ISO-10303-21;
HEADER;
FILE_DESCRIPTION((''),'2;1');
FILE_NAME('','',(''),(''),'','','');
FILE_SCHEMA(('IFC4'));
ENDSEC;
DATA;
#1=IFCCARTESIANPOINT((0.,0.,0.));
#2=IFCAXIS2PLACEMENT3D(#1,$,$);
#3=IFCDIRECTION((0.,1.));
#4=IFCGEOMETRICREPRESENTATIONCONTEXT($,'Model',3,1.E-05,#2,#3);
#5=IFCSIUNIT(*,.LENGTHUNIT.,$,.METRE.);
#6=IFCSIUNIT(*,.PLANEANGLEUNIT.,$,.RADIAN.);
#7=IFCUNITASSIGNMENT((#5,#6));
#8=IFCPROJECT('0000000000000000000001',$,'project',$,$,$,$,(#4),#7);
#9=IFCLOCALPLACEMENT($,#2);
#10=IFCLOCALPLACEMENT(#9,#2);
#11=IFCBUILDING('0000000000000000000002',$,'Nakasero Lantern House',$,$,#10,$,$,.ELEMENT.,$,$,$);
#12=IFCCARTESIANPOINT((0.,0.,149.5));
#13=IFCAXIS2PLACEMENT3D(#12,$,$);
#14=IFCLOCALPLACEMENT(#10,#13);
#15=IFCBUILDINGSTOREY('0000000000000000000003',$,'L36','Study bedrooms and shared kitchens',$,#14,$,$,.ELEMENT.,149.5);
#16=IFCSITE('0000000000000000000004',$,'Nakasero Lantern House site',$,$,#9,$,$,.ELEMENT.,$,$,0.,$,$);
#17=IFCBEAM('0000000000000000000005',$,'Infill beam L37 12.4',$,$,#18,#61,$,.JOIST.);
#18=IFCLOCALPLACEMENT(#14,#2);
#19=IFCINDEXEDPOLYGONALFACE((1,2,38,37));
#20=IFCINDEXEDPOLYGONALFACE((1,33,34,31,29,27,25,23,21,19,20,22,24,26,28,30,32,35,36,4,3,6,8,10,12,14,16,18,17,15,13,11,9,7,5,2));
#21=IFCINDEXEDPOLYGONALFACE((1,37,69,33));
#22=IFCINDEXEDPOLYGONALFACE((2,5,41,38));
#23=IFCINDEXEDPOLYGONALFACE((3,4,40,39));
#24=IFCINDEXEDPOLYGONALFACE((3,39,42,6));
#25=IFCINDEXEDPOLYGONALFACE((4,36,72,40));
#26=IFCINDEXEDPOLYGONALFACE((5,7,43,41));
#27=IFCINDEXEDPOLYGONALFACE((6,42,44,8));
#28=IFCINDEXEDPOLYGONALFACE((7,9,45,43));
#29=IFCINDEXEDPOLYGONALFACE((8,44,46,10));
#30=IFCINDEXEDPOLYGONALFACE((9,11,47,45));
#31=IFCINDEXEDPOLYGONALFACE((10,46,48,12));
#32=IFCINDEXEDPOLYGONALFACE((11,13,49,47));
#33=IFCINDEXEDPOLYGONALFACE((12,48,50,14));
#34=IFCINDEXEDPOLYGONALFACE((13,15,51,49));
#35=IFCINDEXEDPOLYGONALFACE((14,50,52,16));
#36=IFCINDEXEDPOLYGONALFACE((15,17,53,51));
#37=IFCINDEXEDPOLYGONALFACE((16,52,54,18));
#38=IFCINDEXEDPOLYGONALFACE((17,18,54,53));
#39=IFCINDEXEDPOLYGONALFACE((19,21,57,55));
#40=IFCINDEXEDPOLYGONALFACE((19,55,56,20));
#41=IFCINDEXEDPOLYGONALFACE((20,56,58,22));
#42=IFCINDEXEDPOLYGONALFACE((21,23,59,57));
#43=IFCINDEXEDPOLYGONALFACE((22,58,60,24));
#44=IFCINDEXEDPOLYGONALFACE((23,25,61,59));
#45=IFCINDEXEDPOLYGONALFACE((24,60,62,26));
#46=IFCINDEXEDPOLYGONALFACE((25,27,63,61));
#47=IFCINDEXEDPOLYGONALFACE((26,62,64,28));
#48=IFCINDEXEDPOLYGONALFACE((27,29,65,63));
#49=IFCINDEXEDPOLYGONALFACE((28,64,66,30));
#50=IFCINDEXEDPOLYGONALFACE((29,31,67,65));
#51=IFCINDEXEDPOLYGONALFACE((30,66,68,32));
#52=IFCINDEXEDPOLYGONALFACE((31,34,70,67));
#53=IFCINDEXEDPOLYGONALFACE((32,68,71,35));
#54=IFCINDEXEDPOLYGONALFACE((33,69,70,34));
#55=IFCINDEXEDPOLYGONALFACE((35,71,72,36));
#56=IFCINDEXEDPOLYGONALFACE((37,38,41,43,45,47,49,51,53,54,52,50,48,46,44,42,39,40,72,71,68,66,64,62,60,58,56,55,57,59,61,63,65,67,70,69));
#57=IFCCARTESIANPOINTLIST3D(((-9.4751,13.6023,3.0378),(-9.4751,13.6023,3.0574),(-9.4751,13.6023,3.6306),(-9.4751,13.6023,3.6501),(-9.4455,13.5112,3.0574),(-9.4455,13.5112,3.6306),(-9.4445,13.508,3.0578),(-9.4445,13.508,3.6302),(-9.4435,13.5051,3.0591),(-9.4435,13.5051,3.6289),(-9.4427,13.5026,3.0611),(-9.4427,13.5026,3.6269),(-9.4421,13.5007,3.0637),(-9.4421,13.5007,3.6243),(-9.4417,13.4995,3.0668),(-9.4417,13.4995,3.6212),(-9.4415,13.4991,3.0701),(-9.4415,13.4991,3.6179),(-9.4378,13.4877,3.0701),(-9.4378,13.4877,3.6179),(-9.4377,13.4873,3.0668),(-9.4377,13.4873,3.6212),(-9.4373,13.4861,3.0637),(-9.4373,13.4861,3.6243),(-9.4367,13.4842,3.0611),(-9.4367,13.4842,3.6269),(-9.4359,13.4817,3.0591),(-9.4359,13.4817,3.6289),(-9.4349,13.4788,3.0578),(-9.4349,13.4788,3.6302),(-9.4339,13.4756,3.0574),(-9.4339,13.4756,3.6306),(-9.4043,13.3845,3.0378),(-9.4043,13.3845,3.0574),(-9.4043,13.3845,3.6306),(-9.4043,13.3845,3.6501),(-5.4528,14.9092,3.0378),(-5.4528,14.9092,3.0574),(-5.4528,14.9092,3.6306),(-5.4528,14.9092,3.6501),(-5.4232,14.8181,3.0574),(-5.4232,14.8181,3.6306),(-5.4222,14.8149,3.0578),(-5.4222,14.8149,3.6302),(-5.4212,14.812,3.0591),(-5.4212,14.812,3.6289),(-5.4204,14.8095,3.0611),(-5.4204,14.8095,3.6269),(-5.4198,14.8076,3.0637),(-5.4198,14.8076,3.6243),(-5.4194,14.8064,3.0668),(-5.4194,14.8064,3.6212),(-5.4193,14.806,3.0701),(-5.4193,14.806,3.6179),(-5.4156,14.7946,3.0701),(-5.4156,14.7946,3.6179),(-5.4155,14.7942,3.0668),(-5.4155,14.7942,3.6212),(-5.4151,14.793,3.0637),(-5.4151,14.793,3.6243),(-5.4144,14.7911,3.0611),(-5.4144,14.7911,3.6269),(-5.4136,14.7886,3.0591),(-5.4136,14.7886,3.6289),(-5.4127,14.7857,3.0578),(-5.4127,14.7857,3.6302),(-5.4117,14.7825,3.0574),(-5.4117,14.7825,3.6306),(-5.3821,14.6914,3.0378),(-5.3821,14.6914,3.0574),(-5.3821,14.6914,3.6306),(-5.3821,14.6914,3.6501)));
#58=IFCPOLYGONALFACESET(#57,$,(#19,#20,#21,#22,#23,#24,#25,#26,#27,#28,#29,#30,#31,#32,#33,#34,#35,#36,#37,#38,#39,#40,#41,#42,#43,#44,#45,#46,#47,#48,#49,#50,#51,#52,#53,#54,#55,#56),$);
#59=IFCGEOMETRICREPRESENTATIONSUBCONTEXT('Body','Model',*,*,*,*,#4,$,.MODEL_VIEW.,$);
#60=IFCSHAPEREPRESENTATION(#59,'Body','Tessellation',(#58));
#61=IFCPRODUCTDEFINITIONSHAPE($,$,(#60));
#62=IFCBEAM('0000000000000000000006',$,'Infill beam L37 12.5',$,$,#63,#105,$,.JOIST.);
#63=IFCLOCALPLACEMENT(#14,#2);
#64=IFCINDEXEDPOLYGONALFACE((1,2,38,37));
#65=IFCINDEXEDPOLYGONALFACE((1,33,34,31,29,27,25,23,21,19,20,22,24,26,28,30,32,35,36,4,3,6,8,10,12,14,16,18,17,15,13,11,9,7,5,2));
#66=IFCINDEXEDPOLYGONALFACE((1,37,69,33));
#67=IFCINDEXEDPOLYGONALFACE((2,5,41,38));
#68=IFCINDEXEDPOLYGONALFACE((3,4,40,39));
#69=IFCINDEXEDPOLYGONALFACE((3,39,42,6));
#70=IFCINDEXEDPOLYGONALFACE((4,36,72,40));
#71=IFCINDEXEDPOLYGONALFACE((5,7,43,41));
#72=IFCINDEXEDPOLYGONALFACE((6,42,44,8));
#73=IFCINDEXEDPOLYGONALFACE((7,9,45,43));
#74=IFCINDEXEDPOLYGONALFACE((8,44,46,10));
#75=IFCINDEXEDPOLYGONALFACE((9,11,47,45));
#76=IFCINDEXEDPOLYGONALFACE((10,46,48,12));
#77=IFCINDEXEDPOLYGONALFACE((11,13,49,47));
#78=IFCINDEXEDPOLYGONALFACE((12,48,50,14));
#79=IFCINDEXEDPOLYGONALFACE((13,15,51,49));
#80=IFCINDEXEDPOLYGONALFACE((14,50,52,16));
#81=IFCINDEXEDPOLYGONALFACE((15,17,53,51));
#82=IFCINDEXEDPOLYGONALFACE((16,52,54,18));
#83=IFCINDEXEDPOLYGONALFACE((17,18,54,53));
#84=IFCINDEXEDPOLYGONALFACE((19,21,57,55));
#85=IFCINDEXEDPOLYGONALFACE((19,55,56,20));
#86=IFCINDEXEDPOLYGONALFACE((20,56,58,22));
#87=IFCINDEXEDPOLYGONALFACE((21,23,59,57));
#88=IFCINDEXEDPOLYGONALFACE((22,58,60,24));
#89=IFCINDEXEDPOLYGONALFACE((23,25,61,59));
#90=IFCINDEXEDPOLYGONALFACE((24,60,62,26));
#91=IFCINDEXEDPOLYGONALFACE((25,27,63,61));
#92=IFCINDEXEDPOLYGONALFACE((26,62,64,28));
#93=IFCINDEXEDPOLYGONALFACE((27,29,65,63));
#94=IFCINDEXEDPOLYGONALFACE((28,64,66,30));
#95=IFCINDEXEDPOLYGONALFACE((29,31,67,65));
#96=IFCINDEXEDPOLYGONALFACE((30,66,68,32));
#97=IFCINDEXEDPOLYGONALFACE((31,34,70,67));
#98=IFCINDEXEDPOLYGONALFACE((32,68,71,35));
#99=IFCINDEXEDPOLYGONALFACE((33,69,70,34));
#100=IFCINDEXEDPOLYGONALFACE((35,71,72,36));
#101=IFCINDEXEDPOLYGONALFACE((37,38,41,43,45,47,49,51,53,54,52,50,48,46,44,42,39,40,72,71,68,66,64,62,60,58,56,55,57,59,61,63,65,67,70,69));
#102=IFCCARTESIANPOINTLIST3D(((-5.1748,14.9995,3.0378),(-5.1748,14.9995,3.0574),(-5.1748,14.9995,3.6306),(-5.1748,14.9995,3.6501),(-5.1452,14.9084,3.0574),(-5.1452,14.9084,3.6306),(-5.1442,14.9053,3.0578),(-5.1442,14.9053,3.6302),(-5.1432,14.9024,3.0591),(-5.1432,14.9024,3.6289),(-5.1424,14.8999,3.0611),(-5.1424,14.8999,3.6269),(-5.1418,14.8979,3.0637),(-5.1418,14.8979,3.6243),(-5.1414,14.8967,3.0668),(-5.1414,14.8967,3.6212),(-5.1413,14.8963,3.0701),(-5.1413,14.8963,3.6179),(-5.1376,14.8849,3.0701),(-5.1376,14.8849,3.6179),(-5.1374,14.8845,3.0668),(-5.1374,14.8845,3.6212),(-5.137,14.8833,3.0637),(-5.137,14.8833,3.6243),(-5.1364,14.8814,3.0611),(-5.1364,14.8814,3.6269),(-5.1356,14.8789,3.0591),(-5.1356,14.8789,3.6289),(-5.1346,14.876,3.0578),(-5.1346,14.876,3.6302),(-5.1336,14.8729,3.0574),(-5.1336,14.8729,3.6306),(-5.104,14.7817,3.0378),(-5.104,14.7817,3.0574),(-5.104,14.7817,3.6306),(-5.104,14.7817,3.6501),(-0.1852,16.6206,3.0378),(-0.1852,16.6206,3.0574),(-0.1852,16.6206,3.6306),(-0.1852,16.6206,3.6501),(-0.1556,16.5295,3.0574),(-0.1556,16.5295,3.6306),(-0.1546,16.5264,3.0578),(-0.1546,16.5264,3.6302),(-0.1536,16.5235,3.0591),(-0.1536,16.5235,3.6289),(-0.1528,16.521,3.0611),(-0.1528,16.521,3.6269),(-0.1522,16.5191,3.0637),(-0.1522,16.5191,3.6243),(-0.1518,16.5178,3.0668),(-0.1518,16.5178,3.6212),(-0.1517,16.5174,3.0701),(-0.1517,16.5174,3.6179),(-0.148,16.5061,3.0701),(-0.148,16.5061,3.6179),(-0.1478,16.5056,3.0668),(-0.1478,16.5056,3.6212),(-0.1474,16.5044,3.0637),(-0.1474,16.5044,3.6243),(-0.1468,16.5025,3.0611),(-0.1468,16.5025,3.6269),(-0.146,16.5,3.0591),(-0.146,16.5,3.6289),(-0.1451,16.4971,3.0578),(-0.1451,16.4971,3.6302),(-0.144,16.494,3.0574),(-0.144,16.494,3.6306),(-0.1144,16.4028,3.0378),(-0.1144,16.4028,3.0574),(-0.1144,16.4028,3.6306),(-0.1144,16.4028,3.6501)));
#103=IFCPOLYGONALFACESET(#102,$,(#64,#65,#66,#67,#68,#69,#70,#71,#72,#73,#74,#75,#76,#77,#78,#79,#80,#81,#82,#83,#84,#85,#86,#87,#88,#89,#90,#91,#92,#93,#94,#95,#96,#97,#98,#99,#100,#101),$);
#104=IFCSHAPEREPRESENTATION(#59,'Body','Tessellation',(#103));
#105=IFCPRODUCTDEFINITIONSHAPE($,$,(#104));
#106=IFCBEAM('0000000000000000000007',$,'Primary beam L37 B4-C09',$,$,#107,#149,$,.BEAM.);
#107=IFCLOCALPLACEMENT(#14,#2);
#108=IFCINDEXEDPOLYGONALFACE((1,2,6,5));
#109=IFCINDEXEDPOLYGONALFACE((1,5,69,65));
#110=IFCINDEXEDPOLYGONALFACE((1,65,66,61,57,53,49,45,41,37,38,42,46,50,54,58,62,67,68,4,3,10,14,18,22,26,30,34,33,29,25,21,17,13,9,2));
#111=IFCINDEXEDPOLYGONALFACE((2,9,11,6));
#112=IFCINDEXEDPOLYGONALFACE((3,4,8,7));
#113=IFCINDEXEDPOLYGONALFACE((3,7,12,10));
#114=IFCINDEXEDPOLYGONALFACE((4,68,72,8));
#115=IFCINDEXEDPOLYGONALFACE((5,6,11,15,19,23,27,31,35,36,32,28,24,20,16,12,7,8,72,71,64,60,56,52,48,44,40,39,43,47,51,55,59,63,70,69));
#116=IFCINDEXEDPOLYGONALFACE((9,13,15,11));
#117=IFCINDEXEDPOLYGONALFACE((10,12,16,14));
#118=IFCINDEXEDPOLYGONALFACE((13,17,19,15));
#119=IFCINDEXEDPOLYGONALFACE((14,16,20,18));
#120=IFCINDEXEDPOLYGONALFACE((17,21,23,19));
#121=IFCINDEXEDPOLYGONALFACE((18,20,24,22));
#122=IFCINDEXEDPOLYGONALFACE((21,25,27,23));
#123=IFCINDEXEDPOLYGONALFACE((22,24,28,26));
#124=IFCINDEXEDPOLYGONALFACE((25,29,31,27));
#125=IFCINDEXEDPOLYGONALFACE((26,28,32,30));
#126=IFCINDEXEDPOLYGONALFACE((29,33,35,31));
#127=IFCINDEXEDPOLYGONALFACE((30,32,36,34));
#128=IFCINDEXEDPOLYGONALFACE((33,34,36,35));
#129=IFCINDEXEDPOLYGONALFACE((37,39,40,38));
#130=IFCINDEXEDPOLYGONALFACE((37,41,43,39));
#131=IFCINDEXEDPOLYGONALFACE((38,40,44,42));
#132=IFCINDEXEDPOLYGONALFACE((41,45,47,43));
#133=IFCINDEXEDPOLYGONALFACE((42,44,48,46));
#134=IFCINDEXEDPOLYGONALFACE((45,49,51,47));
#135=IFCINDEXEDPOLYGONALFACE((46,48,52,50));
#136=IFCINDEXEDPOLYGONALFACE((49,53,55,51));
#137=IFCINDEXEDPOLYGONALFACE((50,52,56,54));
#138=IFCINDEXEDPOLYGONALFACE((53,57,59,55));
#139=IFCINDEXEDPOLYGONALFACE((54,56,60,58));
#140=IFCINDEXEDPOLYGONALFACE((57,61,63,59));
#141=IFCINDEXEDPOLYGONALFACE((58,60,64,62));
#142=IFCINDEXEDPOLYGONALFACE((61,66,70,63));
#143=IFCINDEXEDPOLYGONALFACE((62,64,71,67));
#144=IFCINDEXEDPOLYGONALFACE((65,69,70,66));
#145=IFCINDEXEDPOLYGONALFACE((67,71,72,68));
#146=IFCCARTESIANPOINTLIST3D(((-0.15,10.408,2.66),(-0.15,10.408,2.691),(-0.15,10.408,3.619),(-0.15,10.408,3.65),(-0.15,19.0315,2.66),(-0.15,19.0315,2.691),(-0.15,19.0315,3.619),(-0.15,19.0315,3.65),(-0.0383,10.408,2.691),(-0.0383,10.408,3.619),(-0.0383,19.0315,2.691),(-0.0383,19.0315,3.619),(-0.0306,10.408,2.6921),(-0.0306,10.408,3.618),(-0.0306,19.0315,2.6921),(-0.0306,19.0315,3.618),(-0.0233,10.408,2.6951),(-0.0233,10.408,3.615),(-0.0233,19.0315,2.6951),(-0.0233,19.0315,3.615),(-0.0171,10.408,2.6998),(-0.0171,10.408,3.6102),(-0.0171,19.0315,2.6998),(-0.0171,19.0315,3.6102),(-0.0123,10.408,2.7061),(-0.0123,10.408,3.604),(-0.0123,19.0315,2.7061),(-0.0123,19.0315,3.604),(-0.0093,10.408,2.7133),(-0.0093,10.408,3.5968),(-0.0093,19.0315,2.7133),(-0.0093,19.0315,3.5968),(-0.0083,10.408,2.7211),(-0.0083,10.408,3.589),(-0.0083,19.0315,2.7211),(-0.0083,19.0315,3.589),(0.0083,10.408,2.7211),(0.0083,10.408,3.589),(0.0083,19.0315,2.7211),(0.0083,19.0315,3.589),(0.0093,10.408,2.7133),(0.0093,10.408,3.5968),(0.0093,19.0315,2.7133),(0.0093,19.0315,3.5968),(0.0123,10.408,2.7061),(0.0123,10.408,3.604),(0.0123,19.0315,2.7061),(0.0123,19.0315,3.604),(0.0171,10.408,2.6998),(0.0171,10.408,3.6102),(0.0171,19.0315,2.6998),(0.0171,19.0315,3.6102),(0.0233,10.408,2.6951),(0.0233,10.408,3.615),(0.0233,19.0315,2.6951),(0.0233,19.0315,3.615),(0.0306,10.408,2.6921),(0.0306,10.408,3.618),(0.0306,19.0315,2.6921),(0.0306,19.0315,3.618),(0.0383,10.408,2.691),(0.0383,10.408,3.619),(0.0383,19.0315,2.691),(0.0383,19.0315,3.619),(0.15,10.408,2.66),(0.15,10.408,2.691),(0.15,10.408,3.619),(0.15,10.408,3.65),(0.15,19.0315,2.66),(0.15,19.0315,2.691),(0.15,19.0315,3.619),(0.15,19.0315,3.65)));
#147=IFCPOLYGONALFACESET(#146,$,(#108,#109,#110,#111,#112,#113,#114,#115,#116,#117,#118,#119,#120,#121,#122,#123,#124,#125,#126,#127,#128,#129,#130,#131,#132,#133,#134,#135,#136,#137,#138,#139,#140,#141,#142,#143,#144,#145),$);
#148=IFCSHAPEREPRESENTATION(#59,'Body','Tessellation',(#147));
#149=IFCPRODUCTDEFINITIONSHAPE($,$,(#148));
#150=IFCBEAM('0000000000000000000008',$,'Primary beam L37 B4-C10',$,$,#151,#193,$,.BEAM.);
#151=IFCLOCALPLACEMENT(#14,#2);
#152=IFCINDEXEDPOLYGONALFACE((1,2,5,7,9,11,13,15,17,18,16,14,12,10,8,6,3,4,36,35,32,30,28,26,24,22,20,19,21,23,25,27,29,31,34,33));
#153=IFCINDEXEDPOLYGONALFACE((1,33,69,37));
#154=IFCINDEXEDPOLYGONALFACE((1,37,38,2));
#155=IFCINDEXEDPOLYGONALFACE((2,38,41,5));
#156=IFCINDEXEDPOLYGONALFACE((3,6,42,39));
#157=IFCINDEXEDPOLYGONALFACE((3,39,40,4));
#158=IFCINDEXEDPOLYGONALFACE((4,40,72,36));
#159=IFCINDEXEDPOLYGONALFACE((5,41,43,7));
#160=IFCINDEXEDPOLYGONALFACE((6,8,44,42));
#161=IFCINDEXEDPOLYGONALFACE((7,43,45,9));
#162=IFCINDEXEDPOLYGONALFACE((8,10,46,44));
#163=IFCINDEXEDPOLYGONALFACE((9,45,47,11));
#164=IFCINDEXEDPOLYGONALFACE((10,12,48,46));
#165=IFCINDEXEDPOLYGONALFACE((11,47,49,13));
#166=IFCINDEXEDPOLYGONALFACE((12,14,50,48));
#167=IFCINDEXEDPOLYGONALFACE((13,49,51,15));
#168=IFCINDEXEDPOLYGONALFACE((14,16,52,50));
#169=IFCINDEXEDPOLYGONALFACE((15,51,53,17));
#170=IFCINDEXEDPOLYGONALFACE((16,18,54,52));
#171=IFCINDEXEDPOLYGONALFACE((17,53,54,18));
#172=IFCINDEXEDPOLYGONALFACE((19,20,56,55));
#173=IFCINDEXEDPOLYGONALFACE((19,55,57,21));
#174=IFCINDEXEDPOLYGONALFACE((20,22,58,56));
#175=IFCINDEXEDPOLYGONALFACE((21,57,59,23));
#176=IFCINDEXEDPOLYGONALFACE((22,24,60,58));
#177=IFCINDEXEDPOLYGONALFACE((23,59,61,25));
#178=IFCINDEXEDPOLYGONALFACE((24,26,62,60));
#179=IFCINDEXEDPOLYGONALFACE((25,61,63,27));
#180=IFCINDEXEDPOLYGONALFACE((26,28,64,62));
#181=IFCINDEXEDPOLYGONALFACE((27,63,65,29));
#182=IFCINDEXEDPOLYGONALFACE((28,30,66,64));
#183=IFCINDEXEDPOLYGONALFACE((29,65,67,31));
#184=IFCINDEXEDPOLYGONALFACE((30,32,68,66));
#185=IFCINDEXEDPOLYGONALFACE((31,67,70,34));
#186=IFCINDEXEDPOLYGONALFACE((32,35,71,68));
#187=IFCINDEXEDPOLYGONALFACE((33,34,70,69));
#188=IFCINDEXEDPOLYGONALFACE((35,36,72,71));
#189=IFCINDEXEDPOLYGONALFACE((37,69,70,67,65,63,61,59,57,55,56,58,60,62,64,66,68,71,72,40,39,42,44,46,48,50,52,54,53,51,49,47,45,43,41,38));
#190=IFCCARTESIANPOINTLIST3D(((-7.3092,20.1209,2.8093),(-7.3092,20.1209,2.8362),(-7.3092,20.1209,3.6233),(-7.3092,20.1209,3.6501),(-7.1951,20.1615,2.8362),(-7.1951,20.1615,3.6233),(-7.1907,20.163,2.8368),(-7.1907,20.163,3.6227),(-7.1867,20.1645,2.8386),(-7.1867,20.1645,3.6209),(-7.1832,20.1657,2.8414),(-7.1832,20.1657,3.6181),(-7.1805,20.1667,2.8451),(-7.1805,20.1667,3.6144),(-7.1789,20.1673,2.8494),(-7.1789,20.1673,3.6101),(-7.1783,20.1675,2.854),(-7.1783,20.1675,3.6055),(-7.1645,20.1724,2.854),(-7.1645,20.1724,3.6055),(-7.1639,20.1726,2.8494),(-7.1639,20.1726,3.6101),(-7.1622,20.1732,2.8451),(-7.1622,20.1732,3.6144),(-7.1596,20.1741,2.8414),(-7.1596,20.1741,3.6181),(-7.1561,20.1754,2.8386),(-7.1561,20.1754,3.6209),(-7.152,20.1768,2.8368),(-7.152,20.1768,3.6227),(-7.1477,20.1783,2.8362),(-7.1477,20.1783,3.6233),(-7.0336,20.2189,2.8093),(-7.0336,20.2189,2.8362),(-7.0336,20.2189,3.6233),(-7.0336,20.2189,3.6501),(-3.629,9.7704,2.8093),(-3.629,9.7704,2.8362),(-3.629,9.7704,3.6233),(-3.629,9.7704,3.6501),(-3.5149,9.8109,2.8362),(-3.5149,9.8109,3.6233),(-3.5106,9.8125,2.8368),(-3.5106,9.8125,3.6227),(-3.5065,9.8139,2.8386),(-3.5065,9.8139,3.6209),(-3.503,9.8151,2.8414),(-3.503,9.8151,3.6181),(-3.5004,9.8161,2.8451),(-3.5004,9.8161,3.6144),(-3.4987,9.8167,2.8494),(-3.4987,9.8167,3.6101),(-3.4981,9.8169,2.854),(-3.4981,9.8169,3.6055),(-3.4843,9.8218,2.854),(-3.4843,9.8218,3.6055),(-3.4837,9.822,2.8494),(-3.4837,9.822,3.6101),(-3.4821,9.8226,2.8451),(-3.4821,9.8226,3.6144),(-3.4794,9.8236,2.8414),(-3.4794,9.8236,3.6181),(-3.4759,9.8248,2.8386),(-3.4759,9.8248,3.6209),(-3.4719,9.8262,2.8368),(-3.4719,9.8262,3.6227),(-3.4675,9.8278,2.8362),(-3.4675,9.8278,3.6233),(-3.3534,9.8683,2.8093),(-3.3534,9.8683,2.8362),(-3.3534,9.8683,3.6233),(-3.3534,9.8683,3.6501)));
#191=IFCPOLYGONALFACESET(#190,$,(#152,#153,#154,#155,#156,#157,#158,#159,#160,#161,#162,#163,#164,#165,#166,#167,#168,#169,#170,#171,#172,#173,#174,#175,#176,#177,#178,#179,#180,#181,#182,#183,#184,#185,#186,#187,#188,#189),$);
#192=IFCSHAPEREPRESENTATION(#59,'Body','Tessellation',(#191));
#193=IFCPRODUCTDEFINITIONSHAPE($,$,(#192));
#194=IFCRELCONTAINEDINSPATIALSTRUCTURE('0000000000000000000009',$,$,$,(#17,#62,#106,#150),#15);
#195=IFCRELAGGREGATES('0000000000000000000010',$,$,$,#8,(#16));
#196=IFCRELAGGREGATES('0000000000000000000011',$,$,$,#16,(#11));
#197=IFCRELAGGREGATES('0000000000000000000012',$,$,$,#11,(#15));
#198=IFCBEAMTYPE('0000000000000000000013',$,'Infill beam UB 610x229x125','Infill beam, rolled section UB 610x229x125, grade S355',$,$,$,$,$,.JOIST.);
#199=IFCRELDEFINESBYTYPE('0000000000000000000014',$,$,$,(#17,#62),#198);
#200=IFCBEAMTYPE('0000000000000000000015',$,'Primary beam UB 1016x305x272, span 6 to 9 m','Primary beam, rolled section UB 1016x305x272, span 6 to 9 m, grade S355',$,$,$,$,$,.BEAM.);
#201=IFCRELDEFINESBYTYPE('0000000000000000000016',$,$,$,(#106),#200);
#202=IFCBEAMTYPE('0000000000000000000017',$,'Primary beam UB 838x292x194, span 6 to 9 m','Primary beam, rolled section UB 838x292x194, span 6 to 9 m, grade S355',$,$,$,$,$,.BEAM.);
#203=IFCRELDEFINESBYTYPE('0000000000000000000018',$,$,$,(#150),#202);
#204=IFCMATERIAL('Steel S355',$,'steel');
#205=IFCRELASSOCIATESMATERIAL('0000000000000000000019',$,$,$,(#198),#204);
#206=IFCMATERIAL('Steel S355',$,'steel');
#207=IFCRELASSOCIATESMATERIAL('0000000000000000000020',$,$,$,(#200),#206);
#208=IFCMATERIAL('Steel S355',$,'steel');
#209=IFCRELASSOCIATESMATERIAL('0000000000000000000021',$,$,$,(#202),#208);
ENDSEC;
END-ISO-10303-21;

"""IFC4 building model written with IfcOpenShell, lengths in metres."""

from ifc_helpers import new_model, si_unit, direction, frame, origin, origin_2d, place, context, subcontext, project, spatial, i_section, extrude, material, material_profile, profile_set, type_object, element, save


model = new_model("IFC4")

# Units and contexts
model_context = context("Model", 3, precision=1e-05, world=origin(), true_north=direction((0.0, 1.0)))
body_context = subcontext(model_context, "Body", "Model", "MODEL_VIEW")
ifc_project = project(units=[si_unit("LENGTHUNIT", "METRE"), si_unit("PLANEANGLEUNIT", "RADIAN")], contexts=[model_context])

# Site, building, storey
site_placement = place(None, origin())
site = spatial("IfcSite", under=ifc_project, at=site_placement, Name="Nakasero Lantern House site", CompositionType="ELEMENT", RefElevation=0.0)
building_placement = place(site_placement, origin())
building = spatial("IfcBuilding", under=site, at=building_placement, Name="Nakasero Lantern House", CompositionType="ELEMENT")
storey_placement = place(building_placement, frame((0.0, 0.0, 149.5)))
storey = spatial("IfcBuildingStorey", under=building, at=storey_placement, Name="L36", Description="Study bedrooms and shared kitchens", CompositionType="ELEMENT", Elevation=149.5)

# Beams
ifc_material_1 = material(Name="Steel S355", Category="steel")
ifc_material_profile_1 = material_profile(ifc_material_1, i_section(OverallWidth=0.229, OverallDepth=0.6123, WebThickness=0.012, FlangeThickness=0.0195, FilletRadius=0.0127, at=origin_2d()), Name="UB 610x229x125")
ifc_profile_set_1 = profile_set([ifc_material_profile_1], Name="Steel S355")
beam_type_1 = type_object("IfcBeamType", Name="Infill beam UB 610x229x125", Description="Infill beam, rolled section UB 610x229x125, grade S355", PredefinedType="JOIST", material=ifc_profile_set_1)
beam_1_placement = place(storey_placement, frame((-9.4397, 13.4934, 3.344), z_axis=(0.951057, 0.309014, 0.0), x_axis=(-0.309014, 0.951057, 0.0)))
element("IfcBeam", 1, at=beam_1_placement, inside=storey, type_object=beam_type_1, Name="Infill beam L37 12.4", PredefinedType="JOIST", context=body_context, shape_type="SweptSolid", body=[
    extrude(i_section(OverallWidth=0.229, OverallDepth=0.6123, WebThickness=0.012, FlangeThickness=0.0195, FilletRadius=0.0127, at=origin_2d()), origin(), (0.0, 0.0, 1.0), 4.2292),
])
beam_2_placement = place(storey_placement, frame((-5.1394, 14.8906, 3.344), z_axis=(0.951062, 0.309001, 0.0), x_axis=(-0.309001, 0.951062, 0.0)))
element("IfcBeam", 2, at=beam_2_placement, inside=storey, type_object=beam_type_1, Name="Infill beam L37 12.5", PredefinedType="JOIST", context=body_context, shape_type="SweptSolid", body=[
    extrude(i_section(OverallWidth=0.229, OverallDepth=0.6123, WebThickness=0.012, FlangeThickness=0.0195, FilletRadius=0.0127, at=origin_2d()), origin(), (0.0, 0.0, 1.0), 5.2463),
])
ifc_material_2 = material(Name="Steel S355", Category="steel")
ifc_material_profile_2 = material_profile(ifc_material_2, i_section(OverallWidth=0.3, OverallDepth=0.99, WebThickness=0.0166, FlangeThickness=0.031, FilletRadius=0.03, at=origin_2d()), Name="UB 1016x305x272")
ifc_profile_set_2 = profile_set([ifc_material_profile_2], Name="Steel S355")
beam_type_2 = type_object("IfcBeamType", Name="Primary beam UB 1016x305x272, span 6 to 9 m", Description="Primary beam, rolled section UB 1016x305x272, span 6 to 9 m, grade S355", PredefinedType="BEAM", material=ifc_profile_set_2)
beam_3_placement = place(storey_placement, frame((0.0, 19.0315, 3.155), z_axis=(0.0, -1.0, 0.0), x_axis=(1.0, 0.0, 0.0)))
element("IfcBeam", 3, at=beam_3_placement, inside=storey, type_object=beam_type_2, Name="Primary beam L37 B4-C09", PredefinedType="BEAM", context=body_context, shape_type="SweptSolid", body=[
    extrude(i_section(OverallWidth=0.3, OverallDepth=0.99, WebThickness=0.0166, FlangeThickness=0.031, FilletRadius=0.03, at=origin_2d()), origin(), (0.0, 0.0, 1.0), 8.6235),
])
ifc_material_3 = material(Name="Steel S355", Category="steel")
ifc_material_profile_3 = material_profile(ifc_material_3, i_section(OverallWidth=0.2925, OverallDepth=0.8408, WebThickness=0.0146, FlangeThickness=0.0269, FilletRadius=0.0178, at=origin_2d()), Name="UB 838x292x194")
ifc_profile_set_3 = profile_set([ifc_material_profile_3], Name="Steel S355")
beam_type_3 = type_object("IfcBeamType", Name="Primary beam UB 838x292x194, span 6 to 9 m", Description="Primary beam, rolled section UB 838x292x194, span 6 to 9 m, grade S355", PredefinedType="BEAM", material=ifc_profile_set_3)
beam_4_placement = place(storey_placement, frame((-7.1714, 20.1699, 3.2297), z_axis=(0.335007, -0.942216, 0.0), x_axis=(0.942216, 0.335007, 0.0)))
element("IfcBeam", 4, at=beam_4_placement, inside=storey, type_object=beam_type_3, Name="Primary beam L37 B4-C10", PredefinedType="BEAM", context=body_context, shape_type="SweptSolid", body=[
    extrude(i_section(OverallWidth=0.2925, OverallDepth=0.8408, WebThickness=0.0146, FlangeThickness=0.0269, FilletRadius=0.0178, at=origin_2d()), origin(), (0.0, 0.0, 1.0), 10.9854),
])

save(model, "model.ifc")
